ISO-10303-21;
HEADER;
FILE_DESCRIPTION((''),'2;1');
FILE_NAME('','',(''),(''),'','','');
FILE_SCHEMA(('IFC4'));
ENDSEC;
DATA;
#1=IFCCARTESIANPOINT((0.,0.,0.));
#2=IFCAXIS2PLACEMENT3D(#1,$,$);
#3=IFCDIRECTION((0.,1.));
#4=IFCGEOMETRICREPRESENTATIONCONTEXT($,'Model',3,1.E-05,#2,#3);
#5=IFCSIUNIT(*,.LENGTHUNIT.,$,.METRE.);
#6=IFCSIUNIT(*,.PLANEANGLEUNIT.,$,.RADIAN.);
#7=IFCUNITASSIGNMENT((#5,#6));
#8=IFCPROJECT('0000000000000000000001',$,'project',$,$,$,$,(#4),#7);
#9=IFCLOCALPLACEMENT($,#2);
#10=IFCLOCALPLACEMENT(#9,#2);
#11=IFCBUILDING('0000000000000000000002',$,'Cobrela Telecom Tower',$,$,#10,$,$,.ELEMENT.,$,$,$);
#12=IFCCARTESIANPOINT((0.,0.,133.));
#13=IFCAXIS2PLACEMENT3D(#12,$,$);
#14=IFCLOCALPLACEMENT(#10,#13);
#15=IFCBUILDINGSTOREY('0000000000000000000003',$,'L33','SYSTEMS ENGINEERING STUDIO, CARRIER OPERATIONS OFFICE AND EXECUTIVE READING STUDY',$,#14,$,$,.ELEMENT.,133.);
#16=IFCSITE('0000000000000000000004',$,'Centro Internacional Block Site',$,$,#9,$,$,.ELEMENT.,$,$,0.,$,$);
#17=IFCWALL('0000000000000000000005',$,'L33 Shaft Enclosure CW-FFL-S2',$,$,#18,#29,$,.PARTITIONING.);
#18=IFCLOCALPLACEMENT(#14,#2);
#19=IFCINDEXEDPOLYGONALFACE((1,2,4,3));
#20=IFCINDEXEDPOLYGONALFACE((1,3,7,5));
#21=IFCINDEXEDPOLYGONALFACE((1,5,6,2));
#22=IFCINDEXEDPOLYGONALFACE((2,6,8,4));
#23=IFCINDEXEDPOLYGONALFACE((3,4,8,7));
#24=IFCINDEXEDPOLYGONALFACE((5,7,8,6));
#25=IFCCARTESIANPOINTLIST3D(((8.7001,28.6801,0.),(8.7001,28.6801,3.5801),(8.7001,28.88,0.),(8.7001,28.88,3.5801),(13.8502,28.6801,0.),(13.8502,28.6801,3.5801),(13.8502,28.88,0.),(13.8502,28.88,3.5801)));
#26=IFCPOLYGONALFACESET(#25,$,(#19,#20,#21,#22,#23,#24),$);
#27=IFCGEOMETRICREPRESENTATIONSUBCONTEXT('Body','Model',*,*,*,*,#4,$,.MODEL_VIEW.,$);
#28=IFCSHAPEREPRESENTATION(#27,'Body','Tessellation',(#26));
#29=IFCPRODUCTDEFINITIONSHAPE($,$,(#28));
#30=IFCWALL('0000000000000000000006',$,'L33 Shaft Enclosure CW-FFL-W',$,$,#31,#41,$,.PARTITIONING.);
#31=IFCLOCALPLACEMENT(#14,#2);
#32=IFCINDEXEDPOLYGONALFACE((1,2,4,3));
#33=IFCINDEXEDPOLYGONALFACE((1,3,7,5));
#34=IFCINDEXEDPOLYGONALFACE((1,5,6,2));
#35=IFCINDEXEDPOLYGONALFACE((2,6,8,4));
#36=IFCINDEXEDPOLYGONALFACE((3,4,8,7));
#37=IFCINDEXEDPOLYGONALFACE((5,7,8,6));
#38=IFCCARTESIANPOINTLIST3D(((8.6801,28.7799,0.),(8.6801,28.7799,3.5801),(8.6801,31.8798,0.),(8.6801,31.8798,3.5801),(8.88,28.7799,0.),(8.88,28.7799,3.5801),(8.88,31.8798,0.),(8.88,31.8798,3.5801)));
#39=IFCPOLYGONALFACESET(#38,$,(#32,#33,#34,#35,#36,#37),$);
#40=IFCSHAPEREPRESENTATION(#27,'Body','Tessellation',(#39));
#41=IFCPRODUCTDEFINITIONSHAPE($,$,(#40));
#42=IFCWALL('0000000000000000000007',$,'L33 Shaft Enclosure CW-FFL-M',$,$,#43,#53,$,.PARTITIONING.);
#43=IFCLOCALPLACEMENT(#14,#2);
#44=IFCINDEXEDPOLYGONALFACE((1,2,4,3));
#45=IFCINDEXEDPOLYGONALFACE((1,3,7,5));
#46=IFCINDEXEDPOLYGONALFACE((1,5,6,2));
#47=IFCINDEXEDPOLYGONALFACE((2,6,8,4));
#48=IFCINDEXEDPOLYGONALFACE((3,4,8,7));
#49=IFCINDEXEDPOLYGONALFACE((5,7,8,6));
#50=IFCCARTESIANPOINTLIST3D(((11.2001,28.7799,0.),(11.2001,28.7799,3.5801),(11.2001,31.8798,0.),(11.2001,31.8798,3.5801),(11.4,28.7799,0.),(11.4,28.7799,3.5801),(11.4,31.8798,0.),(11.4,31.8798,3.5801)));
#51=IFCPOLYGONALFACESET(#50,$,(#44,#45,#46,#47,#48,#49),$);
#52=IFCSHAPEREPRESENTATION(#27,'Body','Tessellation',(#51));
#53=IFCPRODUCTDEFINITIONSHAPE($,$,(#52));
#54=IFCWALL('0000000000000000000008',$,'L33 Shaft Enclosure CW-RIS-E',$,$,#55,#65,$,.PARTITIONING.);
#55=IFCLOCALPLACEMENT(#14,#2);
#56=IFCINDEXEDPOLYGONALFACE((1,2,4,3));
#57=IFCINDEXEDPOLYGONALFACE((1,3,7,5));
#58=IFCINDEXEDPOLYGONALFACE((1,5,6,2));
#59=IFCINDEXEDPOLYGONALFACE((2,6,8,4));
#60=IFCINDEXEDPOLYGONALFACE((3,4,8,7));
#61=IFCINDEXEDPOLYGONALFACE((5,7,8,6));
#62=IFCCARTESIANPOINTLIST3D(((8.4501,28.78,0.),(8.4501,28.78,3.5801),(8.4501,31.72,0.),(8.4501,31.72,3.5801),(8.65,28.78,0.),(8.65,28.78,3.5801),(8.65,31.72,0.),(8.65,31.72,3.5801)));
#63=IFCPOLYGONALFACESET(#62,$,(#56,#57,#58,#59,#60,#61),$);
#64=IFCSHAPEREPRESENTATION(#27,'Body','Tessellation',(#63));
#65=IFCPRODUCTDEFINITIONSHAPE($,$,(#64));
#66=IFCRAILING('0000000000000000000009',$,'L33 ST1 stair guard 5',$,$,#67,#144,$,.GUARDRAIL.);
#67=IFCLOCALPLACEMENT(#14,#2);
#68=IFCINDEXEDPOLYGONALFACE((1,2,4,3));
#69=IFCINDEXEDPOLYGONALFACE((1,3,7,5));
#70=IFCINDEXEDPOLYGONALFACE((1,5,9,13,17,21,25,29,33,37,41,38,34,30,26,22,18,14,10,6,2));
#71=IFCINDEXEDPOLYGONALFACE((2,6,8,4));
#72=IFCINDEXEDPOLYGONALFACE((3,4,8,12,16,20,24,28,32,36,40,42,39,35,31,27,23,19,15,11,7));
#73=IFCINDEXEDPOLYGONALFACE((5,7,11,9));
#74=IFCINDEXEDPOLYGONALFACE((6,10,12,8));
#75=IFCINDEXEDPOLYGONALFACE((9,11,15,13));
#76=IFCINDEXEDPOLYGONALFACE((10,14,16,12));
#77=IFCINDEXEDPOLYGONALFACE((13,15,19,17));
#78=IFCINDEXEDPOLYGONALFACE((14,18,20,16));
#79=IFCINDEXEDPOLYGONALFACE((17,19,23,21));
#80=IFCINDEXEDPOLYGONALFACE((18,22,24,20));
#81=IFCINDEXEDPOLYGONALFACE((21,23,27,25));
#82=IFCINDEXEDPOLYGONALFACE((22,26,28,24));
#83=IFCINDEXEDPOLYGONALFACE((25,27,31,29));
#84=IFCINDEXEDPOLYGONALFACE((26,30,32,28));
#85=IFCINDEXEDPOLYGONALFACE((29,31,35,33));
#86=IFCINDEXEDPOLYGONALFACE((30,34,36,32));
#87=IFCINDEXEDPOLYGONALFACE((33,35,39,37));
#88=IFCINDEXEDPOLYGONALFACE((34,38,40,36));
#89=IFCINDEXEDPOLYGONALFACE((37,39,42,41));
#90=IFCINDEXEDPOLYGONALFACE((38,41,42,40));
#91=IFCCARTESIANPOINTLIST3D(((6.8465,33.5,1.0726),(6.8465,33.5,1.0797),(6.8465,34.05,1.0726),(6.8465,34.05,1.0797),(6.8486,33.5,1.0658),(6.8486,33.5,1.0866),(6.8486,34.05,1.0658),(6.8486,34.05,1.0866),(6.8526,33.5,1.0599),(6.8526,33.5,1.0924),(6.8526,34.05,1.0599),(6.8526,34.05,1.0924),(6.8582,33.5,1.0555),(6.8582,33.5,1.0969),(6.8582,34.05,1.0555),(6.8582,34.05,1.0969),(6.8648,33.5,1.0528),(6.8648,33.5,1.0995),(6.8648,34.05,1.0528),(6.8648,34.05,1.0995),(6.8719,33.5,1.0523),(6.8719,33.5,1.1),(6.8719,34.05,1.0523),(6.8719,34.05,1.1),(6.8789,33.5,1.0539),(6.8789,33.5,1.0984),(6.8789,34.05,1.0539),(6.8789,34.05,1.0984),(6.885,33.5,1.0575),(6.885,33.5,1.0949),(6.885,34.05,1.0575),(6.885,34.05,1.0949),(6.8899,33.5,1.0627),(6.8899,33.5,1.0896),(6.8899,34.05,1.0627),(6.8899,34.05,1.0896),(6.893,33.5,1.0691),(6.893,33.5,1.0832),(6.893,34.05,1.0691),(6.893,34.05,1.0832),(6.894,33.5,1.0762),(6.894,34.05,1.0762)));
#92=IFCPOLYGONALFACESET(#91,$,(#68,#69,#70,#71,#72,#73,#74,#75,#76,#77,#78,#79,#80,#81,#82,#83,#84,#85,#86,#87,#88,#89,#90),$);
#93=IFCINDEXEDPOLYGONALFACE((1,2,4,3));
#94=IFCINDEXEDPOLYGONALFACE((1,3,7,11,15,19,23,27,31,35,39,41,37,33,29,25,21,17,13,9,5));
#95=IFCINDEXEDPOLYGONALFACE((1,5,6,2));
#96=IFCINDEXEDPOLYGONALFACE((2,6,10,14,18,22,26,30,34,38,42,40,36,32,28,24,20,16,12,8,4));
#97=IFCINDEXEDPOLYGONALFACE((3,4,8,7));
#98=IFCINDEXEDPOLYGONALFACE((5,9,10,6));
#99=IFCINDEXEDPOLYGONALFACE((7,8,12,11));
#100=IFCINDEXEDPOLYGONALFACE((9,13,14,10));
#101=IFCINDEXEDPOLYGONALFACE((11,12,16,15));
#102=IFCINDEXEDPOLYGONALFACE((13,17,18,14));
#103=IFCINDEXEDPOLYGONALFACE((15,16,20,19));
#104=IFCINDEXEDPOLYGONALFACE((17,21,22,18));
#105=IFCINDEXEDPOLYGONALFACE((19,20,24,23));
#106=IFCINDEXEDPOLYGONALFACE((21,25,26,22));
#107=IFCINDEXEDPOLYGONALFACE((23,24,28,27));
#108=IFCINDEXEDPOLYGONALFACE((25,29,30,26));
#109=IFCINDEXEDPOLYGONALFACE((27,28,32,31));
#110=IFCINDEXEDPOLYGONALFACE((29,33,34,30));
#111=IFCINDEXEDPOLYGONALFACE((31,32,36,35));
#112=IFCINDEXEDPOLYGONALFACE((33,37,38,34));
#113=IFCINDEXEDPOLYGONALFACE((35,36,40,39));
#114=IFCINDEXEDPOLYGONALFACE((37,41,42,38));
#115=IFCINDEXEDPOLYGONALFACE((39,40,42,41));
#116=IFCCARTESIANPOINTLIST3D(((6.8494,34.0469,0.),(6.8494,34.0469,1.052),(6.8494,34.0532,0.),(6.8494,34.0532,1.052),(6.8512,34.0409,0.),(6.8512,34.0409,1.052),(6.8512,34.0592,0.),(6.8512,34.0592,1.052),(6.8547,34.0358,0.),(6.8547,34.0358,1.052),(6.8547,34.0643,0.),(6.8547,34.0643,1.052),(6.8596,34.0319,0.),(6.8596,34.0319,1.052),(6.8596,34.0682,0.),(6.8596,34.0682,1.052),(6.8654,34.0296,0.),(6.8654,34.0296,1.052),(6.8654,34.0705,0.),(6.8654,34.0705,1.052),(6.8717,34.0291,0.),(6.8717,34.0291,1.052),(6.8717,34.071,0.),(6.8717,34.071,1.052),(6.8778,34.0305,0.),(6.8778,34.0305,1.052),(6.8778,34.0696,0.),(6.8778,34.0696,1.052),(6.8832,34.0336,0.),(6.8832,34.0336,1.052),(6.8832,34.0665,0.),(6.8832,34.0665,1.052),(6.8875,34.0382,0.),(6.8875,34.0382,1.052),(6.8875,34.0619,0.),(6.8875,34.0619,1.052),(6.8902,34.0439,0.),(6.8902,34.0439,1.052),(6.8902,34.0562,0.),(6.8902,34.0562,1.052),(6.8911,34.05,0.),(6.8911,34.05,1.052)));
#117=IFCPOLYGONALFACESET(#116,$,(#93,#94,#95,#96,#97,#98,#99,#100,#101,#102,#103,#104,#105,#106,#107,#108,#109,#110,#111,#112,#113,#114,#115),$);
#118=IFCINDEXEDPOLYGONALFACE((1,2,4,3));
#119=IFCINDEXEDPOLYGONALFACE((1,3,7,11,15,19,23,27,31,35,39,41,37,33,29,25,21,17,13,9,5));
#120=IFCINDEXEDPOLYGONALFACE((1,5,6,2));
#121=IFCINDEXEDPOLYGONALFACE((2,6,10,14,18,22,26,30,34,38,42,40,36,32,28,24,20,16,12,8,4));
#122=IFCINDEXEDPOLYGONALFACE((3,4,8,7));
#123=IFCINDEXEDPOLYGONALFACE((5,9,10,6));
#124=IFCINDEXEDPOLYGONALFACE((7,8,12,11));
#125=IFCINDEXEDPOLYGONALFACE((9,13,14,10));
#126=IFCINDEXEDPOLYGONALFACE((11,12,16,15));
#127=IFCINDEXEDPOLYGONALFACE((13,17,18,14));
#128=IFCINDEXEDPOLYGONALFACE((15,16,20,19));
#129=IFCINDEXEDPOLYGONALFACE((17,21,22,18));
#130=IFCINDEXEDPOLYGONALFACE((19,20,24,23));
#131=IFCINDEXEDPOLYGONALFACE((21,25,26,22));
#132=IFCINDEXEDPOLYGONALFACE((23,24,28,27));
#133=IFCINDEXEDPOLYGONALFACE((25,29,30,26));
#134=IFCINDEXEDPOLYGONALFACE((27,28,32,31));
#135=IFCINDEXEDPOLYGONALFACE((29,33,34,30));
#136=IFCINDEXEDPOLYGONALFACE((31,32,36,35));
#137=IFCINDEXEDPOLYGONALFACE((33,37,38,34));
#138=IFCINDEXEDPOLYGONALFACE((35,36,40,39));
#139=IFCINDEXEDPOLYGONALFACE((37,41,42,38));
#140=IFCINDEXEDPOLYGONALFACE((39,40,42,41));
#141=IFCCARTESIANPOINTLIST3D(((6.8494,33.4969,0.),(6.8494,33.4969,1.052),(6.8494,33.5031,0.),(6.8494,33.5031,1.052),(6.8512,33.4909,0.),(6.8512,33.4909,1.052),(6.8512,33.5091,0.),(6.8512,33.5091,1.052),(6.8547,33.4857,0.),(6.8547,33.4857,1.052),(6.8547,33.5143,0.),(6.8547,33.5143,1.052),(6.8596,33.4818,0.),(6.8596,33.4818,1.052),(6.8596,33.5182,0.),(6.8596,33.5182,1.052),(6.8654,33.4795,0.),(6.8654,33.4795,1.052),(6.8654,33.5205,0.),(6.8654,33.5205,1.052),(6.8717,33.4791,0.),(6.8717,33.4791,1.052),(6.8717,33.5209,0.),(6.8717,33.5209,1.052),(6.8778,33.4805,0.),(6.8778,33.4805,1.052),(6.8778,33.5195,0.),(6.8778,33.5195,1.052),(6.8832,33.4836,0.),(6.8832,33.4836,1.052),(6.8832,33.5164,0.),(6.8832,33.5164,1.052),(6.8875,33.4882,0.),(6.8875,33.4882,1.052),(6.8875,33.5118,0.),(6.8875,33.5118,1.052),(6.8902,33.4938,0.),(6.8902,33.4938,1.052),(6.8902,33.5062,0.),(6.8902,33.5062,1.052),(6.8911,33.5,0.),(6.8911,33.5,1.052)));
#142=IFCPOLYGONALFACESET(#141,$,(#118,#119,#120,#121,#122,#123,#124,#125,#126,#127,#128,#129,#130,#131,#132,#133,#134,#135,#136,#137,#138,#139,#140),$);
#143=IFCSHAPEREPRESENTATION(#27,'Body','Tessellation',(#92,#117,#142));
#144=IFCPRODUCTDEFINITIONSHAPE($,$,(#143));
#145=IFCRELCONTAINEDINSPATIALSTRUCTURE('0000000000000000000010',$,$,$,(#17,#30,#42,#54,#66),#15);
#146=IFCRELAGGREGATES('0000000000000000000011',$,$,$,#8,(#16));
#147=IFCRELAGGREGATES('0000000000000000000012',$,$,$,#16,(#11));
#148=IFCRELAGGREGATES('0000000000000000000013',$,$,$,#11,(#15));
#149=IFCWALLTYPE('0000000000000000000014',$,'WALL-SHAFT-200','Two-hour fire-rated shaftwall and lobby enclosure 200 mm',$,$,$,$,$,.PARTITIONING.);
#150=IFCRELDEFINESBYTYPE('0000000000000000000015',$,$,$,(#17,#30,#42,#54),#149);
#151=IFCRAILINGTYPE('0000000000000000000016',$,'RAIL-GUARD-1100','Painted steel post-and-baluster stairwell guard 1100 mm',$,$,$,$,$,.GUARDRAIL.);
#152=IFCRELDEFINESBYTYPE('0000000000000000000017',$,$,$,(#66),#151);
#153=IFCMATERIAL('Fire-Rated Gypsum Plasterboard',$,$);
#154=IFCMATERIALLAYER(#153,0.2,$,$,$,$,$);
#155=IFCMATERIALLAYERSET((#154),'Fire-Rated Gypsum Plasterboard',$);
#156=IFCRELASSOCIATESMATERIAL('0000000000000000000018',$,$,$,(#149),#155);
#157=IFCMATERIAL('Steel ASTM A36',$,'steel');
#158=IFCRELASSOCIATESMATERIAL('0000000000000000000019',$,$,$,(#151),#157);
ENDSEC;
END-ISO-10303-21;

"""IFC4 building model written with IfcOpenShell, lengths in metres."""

from ifc_helpers import new_model, si_unit, direction, frame, frame_2d, origin, origin_2d, place, context, subcontext, project, spatial, rectangle, circle, extrude, material, layer, layer_set, type_object, element, save


model = new_model("IFC4")

# Units and contexts
model_context = context("Model", 3, precision=1e-05, world=origin(), true_north=direction((0.0, 1.0)))
body_context = subcontext(model_context, "Body", "Model", "MODEL_VIEW")
ifc_project = project(units=[si_unit("LENGTHUNIT", "METRE"), si_unit("PLANEANGLEUNIT", "RADIAN")], contexts=[model_context])

# Site, building, storey
site_placement = place(None, origin())
site = spatial("IfcSite", under=ifc_project, at=site_placement, Name="Centro Internacional Block Site", CompositionType="ELEMENT", RefElevation=0.0)
building_placement = place(site_placement, origin())
building = spatial("IfcBuilding", under=site, at=building_placement, Name="Cobrela Telecom Tower", CompositionType="ELEMENT")
storey_placement = place(building_placement, frame((0.0, 0.0, 133.0)))
storey = spatial("IfcBuildingStorey", under=building, at=storey_placement, Name="L33", Description="SYSTEMS ENGINEERING STUDIO, CARRIER OPERATIONS OFFICE AND EXECUTIVE READING STUDY", CompositionType="ELEMENT", Elevation=133.0)

# Shared definitions
ifc_material_1 = material(Name="Steel ASTM A36", Category="steel")

# Shared definitions
ifc_material_2 = material(Name="Fire-Rated Gypsum Plasterboard")

# Shared definitions
ifc_layer_1 = layer(ifc_material_2, 0.2)
ifc_layer_set_1 = layer_set([ifc_layer_1], Name="Fire-Rated Gypsum Plasterboard")
wall_type_1 = type_object("IfcWallType", Name="WALL-SHAFT-200", Description="Two-hour fire-rated shaftwall and lobby enclosure 200 mm", PredefinedType="PARTITIONING", material=ifc_layer_set_1)

# Walls
wall_1_placement = place(storey_placement, frame((8.7, 28.78, 0.0), z_axis=(0.0, 0.0, 1.0), x_axis=(1.0, 0.0, 0.0)))
element("IfcWall", 1, at=wall_1_placement, inside=storey, type_object=wall_type_1, Name="L33 Shaft Enclosure CW-FFL-S2", PredefinedType="PARTITIONING", context=body_context, shape_type="SweptSolid", body=[
    extrude(rectangle(XDim=5.1501, YDim=0.2, at=frame_2d((2.5752, 0.0))), origin(), (0.0, 0.0, 1.0), 3.5801),
])
for number, where, z_axis, x_axis, name in (
    (2, (8.78, 28.78, 0.0), (0.0, 0.0, 1.0), (0.0, 1.0, 0.0), "L33 Shaft Enclosure CW-FFL-W"),
    (3, (11.3, 28.78, 0.0), (0.0, 0.0, 1.0), (0.0, 1.0, 0.0), "L33 Shaft Enclosure CW-FFL-M"),
):
    element("IfcWall", number, at=place(storey_placement, frame(where, z_axis=z_axis, x_axis=x_axis)), inside=storey, type_object=wall_type_1, Name=name, PredefinedType="PARTITIONING", context=body_context, shape_type="SweptSolid", body=[
        extrude(rectangle(XDim=3.0999, YDim=0.2, at=frame_2d((1.5498, 0.0))), origin(), (0.0, 0.0, 1.0), 3.5801),
    ])
wall_2_placement = place(storey_placement, frame((8.55, 28.78, 0.0), z_axis=(0.0, 0.0, 1.0), x_axis=(0.0, 1.0, 0.0)))
element("IfcWall", 4, at=wall_2_placement, inside=storey, type_object=wall_type_1, Name="L33 Shaft Enclosure CW-RIS-E", PredefinedType="PARTITIONING", context=body_context, shape_type="SweptSolid", body=[
    extrude(rectangle(XDim=2.9399, YDim=0.2, at=frame_2d((1.47, 0.0))), origin(), (0.0, 0.0, 1.0), 3.5801),
])

# Railing
railing_type = type_object("IfcRailingType", Name="RAIL-GUARD-1100", Description="Painted steel post-and-baluster stairwell guard 1100 mm", PredefinedType="GUARDRAIL", material=ifc_material_1)
railing_placement = place(storey_placement, frame((6.8701, 34.05, 0.0)))
element("IfcRailing", 5, at=railing_placement, inside=storey, type_object=railing_type, Name="L33 ST1 stair guard 5", PredefinedType="GUARDRAIL", context=body_context, shape_type="SweptSolid", body=[
    extrude(circle(Radius=0.0239, at=origin_2d()), frame((0.0, 0.0, 1.0762), z_axis=(0.0, -1.0, 0.0), x_axis=(1.0, 0.0, 0.0)), (0.0, 0.0, 1.0), 0.55),
    extrude(circle(Radius=0.021, at=origin_2d()), origin(), (0.0, 0.0, 1.0), 1.052),
    extrude(circle(Radius=0.021, at=origin_2d()), frame((0.0, -0.55, 0.0)), (0.0, 0.0, 1.0), 1.052),
])

save(model, "model.ifc")
